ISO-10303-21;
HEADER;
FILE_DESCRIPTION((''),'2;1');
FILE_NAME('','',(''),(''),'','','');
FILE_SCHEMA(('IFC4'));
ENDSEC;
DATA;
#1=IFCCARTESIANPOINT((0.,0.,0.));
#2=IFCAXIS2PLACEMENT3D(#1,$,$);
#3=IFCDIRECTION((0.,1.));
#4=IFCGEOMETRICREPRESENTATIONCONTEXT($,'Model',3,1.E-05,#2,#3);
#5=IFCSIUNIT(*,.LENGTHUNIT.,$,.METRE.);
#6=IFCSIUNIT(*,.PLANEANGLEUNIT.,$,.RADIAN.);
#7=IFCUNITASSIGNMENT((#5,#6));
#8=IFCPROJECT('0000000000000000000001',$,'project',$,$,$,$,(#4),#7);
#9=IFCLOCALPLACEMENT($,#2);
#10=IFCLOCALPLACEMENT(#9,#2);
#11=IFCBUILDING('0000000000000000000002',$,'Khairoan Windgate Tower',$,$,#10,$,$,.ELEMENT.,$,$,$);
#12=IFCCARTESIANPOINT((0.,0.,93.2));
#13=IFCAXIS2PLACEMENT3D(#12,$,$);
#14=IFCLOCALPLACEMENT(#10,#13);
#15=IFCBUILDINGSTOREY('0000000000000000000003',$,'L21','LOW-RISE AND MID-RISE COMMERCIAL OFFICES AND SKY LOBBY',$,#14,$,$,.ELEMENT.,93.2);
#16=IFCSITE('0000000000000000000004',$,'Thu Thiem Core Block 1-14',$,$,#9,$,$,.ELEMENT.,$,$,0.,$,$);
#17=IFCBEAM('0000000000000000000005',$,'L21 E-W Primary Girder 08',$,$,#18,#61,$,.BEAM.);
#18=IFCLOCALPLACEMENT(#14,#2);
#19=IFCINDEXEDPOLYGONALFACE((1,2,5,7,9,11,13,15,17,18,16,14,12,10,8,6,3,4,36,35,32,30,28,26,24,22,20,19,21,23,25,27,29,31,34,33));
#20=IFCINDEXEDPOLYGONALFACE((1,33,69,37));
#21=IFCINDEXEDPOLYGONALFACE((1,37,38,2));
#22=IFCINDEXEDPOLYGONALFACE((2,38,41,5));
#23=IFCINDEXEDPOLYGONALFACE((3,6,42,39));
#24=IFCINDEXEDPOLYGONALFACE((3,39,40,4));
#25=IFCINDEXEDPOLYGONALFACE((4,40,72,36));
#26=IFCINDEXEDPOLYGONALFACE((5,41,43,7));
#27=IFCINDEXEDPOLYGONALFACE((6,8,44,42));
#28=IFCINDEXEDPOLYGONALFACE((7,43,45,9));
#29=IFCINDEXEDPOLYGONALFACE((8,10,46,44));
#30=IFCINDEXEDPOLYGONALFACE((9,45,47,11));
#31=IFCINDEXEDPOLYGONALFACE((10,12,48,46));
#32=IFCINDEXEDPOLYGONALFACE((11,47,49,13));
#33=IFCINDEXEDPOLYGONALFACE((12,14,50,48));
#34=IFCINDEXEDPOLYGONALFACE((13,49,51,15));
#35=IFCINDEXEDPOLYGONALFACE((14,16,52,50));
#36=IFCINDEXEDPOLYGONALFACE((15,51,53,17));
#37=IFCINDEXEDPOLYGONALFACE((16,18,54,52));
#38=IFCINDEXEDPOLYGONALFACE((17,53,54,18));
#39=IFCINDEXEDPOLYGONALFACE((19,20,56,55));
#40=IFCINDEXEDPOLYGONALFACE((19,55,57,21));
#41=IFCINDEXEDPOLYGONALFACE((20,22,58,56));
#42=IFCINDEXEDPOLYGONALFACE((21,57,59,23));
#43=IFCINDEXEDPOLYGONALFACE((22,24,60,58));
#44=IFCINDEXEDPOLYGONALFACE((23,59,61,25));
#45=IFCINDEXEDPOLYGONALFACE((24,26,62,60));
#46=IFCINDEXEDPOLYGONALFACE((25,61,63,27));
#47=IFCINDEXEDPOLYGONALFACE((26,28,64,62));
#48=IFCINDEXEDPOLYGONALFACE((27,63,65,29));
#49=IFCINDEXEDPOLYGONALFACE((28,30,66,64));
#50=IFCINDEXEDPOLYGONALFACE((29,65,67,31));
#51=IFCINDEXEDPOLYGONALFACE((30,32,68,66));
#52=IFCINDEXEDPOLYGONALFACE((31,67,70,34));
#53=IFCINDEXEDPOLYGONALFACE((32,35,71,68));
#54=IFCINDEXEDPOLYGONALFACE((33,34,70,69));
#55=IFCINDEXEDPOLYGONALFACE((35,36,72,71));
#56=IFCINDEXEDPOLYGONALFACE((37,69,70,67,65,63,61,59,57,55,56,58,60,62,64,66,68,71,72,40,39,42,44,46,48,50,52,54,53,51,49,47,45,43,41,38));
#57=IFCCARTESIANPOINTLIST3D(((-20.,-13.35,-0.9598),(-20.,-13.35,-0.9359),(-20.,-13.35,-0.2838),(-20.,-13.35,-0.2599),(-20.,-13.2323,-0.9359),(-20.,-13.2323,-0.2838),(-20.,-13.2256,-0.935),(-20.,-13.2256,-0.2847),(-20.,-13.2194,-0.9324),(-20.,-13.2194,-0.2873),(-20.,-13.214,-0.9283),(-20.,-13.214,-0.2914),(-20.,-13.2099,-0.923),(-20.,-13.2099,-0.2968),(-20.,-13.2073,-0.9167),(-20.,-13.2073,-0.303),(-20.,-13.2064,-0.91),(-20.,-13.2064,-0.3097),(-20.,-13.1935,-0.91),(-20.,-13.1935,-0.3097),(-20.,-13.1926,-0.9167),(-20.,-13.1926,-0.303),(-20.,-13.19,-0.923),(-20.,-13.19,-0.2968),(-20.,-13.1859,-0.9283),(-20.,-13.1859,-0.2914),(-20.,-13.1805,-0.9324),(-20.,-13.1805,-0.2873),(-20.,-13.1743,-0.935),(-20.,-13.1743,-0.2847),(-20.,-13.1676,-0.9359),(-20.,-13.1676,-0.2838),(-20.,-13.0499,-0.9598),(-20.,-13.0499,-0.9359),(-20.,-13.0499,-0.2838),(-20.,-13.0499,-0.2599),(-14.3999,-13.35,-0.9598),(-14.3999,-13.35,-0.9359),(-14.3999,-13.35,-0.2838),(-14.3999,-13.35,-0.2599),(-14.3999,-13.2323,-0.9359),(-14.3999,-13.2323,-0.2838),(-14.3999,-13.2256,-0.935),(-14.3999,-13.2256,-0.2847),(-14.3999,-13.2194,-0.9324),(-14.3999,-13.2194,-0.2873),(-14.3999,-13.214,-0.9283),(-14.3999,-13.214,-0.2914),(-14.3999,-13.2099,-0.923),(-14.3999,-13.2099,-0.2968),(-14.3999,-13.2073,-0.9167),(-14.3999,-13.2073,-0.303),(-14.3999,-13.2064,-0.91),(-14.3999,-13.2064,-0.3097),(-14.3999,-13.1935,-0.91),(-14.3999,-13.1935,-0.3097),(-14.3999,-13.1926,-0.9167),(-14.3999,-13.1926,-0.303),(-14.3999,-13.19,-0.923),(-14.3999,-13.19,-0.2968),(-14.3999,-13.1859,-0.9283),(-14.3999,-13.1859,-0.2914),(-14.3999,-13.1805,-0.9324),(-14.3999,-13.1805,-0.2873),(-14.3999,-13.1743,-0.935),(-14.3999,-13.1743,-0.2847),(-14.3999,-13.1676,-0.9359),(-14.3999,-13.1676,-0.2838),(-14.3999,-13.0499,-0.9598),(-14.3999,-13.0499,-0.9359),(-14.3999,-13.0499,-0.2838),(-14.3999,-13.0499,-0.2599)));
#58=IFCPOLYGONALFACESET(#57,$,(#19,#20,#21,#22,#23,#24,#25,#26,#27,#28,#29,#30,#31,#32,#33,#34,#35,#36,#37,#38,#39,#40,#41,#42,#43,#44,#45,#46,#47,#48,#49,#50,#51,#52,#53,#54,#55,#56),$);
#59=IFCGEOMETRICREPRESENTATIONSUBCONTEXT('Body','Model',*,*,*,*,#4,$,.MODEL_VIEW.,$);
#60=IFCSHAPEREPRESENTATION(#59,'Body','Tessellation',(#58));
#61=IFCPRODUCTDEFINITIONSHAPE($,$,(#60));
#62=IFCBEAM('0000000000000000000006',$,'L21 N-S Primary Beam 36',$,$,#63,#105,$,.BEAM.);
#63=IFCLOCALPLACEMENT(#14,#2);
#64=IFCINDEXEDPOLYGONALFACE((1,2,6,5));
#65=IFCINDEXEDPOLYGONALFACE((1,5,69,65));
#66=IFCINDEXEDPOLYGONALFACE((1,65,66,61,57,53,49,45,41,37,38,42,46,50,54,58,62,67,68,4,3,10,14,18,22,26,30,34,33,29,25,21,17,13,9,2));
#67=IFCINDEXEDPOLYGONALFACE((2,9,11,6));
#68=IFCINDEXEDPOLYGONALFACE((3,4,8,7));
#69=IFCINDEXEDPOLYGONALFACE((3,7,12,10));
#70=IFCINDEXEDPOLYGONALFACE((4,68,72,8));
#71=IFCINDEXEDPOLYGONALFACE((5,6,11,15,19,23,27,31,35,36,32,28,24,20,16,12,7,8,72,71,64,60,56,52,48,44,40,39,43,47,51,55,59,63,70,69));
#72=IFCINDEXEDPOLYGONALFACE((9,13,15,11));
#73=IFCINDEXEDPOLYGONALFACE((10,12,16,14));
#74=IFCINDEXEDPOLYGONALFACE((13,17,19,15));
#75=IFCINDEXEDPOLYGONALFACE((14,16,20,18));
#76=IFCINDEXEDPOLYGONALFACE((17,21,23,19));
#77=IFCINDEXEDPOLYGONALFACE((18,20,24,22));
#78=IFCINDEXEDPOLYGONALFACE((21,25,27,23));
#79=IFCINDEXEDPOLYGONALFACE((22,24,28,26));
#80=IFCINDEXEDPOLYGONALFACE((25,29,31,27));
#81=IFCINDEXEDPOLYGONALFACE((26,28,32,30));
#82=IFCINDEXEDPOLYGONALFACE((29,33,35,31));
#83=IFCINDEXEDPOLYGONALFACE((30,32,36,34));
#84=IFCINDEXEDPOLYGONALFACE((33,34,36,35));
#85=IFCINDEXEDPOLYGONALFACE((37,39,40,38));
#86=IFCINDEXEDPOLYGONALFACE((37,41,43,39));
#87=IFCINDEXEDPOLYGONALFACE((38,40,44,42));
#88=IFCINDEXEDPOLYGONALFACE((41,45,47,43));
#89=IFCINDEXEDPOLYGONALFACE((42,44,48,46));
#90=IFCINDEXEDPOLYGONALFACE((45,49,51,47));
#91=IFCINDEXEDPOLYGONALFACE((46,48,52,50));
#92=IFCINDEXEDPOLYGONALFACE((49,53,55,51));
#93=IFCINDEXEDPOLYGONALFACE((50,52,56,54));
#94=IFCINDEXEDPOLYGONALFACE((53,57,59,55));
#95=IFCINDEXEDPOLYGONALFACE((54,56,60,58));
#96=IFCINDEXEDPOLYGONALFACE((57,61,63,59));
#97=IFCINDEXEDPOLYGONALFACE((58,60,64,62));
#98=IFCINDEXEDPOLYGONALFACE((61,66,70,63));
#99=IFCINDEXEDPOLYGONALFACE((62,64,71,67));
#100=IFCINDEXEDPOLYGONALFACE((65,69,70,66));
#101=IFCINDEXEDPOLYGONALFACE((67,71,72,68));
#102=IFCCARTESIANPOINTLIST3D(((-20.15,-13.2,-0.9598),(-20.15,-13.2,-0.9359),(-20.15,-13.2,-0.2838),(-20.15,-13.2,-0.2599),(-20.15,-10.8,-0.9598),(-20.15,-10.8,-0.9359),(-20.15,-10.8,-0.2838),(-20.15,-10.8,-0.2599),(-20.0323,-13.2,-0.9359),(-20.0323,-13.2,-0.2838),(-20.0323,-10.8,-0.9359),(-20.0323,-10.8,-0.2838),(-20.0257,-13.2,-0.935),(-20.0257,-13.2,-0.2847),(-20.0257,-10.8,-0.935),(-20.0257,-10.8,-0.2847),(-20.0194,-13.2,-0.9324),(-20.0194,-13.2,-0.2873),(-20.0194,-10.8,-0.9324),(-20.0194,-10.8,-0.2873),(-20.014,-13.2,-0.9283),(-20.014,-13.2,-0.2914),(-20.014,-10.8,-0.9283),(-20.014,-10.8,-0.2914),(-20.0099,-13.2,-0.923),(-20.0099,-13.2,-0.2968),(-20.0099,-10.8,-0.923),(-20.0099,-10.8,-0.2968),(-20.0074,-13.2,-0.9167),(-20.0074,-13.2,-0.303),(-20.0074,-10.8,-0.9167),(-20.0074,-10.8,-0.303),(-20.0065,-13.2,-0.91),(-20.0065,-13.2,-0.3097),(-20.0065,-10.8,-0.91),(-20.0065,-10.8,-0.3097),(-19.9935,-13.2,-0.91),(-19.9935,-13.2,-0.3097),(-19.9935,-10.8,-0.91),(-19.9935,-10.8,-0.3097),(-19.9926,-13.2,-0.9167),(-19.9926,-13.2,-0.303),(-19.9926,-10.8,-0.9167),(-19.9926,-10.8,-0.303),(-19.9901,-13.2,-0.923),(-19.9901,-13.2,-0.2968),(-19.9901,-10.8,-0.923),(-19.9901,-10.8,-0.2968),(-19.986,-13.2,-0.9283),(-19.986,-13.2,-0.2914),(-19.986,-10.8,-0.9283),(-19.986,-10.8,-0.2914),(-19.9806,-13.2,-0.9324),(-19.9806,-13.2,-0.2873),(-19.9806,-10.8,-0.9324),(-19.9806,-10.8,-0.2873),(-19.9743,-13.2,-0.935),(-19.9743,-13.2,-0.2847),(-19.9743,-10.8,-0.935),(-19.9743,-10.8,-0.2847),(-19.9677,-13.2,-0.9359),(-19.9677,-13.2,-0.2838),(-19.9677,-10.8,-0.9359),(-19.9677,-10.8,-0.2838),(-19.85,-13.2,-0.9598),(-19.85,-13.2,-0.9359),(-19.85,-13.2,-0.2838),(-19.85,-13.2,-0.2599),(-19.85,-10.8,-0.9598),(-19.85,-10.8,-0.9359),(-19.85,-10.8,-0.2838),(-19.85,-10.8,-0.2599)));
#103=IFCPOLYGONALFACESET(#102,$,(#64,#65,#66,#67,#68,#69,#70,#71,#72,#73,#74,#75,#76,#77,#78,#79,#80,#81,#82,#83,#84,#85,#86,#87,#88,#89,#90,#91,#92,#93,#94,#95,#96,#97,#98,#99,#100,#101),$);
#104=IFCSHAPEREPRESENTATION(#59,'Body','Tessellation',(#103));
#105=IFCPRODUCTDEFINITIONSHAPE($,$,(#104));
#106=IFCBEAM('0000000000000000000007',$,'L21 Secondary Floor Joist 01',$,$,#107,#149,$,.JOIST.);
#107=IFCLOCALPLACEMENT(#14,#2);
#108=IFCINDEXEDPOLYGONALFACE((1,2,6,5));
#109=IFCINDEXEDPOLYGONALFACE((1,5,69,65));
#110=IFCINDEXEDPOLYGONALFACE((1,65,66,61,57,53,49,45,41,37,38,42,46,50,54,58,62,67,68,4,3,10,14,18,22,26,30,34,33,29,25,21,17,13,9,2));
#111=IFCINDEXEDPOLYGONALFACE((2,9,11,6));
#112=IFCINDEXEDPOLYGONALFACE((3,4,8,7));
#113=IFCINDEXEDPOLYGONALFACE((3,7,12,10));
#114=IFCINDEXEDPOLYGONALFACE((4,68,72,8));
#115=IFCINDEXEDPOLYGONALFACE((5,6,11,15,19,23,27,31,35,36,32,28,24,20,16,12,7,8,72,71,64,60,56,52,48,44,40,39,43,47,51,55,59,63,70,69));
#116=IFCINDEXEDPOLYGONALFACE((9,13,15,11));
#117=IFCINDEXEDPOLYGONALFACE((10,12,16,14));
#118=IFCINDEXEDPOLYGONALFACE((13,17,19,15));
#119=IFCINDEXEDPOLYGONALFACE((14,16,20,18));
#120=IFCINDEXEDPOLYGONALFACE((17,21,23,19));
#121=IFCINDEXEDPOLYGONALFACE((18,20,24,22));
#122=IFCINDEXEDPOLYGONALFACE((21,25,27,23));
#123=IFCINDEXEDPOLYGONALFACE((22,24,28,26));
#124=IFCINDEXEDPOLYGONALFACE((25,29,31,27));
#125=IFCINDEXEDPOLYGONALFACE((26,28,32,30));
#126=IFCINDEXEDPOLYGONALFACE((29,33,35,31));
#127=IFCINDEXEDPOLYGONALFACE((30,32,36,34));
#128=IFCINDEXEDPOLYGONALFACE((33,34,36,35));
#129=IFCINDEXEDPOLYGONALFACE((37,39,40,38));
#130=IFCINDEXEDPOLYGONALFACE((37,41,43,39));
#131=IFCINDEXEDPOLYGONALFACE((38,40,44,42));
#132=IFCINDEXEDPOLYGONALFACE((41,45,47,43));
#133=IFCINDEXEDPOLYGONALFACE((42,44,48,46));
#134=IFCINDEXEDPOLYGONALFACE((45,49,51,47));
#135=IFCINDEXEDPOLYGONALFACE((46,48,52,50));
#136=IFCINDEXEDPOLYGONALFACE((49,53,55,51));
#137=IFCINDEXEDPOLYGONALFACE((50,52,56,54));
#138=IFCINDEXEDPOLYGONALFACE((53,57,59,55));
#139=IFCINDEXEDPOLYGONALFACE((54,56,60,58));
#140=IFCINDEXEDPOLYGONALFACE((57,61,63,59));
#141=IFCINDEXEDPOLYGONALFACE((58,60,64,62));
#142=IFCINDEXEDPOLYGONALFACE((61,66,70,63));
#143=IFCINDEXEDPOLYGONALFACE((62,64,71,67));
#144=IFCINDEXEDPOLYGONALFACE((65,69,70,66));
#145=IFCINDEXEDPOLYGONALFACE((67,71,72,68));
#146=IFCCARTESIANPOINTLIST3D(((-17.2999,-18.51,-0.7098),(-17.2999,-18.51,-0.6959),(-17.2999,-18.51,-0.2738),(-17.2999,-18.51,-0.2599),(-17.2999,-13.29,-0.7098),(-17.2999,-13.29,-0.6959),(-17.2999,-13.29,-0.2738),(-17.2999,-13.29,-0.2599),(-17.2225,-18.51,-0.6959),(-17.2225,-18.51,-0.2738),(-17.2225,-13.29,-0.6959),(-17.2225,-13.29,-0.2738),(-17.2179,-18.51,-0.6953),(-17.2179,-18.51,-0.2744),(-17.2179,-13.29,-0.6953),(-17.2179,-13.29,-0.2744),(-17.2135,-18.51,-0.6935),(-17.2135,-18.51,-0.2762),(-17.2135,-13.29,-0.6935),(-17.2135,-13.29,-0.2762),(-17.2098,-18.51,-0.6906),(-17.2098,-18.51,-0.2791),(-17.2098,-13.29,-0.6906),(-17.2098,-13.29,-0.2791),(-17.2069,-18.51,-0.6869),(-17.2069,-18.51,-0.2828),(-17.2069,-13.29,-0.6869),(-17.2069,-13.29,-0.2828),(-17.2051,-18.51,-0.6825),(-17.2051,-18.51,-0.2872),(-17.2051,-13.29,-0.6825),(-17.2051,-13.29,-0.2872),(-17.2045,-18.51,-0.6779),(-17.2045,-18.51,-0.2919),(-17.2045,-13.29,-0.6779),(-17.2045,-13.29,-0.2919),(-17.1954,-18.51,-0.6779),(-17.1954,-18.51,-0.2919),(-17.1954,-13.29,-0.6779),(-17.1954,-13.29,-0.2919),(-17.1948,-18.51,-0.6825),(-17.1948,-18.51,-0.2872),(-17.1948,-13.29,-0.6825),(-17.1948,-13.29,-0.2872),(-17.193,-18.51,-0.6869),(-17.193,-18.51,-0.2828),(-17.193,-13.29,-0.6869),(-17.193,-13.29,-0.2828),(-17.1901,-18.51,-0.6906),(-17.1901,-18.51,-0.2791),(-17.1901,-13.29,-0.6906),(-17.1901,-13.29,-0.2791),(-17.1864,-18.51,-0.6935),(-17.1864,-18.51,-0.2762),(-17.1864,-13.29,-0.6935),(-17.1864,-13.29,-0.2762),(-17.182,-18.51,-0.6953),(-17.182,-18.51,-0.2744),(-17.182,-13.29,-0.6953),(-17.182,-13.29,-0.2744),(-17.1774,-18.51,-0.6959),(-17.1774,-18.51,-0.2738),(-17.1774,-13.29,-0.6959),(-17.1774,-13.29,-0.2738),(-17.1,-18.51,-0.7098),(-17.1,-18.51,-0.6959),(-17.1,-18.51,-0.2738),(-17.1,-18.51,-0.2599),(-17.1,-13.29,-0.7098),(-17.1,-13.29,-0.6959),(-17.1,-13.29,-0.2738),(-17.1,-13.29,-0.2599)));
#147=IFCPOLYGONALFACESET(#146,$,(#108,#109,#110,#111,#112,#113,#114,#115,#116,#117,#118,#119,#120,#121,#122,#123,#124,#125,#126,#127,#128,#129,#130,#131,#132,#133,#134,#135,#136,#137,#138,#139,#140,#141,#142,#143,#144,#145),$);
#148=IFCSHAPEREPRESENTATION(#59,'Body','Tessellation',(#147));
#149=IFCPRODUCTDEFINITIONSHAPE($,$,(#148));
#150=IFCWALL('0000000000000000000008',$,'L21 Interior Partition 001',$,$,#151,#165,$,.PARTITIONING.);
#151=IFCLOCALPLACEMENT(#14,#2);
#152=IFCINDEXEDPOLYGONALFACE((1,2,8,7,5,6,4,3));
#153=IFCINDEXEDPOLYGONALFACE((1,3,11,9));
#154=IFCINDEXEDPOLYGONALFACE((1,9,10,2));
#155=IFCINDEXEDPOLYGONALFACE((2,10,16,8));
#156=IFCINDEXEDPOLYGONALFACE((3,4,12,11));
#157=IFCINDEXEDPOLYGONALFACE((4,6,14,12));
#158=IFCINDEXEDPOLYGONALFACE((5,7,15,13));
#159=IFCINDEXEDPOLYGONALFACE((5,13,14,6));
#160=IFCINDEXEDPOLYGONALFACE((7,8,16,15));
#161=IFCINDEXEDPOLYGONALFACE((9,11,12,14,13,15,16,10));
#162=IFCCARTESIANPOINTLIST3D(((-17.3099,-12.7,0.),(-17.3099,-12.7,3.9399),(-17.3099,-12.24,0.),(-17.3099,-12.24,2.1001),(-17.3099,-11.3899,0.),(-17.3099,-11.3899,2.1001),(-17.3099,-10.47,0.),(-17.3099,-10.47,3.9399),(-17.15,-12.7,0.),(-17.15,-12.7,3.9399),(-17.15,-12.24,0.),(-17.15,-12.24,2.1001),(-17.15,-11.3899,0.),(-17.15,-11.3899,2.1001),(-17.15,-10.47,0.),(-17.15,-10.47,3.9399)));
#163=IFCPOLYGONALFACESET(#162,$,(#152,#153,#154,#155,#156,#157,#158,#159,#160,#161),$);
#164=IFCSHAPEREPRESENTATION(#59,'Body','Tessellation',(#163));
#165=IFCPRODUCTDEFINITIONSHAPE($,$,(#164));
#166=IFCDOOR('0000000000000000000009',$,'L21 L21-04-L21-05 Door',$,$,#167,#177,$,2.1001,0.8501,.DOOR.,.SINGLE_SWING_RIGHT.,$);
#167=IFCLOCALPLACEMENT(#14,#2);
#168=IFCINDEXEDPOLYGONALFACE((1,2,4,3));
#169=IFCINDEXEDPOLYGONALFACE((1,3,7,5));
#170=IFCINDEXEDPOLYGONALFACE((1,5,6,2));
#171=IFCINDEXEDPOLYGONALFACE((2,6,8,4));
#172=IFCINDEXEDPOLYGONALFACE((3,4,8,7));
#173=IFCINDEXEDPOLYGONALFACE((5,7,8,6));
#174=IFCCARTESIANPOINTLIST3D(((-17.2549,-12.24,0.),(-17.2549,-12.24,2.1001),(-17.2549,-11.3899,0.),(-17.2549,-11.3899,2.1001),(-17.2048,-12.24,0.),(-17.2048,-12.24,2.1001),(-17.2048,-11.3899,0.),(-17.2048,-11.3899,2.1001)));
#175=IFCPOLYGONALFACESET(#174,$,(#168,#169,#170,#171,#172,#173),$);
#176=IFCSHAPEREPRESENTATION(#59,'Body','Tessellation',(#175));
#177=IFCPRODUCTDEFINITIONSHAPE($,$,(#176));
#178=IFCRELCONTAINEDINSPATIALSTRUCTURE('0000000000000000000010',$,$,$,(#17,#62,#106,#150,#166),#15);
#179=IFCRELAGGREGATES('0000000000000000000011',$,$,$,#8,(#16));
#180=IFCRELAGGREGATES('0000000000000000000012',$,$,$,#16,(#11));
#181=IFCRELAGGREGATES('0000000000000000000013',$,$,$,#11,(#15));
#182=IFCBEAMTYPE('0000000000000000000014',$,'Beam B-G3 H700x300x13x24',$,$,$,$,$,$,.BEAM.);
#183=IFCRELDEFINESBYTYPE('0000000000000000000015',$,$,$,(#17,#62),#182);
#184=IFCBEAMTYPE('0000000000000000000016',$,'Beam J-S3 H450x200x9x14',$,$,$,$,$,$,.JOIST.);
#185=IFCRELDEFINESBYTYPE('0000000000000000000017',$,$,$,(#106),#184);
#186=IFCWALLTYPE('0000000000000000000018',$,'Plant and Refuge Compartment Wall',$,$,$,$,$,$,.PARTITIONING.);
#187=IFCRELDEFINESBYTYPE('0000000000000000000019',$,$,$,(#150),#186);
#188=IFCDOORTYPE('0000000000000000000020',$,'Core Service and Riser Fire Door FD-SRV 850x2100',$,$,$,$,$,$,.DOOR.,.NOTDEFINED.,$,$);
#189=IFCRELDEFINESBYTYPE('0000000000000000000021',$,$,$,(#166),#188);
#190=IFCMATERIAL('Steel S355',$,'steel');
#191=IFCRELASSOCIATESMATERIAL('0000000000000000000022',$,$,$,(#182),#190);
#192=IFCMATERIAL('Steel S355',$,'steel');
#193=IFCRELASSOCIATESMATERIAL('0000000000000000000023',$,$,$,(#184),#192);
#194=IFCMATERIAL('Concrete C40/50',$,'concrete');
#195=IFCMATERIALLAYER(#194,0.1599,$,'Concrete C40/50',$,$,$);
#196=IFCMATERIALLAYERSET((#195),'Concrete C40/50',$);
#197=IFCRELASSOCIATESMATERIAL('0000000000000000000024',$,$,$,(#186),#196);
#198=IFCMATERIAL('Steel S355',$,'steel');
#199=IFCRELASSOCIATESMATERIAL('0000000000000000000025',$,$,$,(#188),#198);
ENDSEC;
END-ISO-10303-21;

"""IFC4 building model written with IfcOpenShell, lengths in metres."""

from ifc_helpers import new_model, si_unit, direction, frame, frame_2d, origin, origin_2d, place, context, subcontext, project, spatial, rectangle, i_section, extrude, material, layer, layer_set, material_profile, profile_set, type_object, element, fill, save


model = new_model("IFC4")

# Units and contexts
model_context = context("Model", 3, precision=1e-05, world=origin(), true_north=direction((0.0, 1.0)))
body_context = subcontext(model_context, "Body", "Model", "MODEL_VIEW")
ifc_project = project(units=[si_unit("LENGTHUNIT", "METRE"), si_unit("PLANEANGLEUNIT", "RADIAN")], contexts=[model_context])

# Site, building, storey
site_placement = place(None, origin())
site = spatial("IfcSite", under=ifc_project, at=site_placement, Name="Thu Thiem Core Block 1-14", CompositionType="ELEMENT", RefElevation=0.0)
building_placement = place(site_placement, origin())
building = spatial("IfcBuilding", under=site, at=building_placement, Name="Khairoan Windgate Tower", CompositionType="ELEMENT")
storey_placement = place(building_placement, frame((0.0, 0.0, 93.2)))
storey = spatial("IfcBuildingStorey", under=building, at=storey_placement, Name="L21", Description="LOW-RISE AND MID-RISE COMMERCIAL OFFICES AND SKY LOBBY", CompositionType="ELEMENT", Elevation=93.2)

# Beams
ifc_material_1 = material(Name="Steel S355", Category="steel")
ifc_material_profile_1 = material_profile(ifc_material_1, i_section(OverallWidth=0.3, OverallDepth=0.7, WebThickness=0.0129, FlangeThickness=0.0239, FilletRadius=0.0259, at=origin_2d()))
ifc_profile_set_1 = profile_set([ifc_material_profile_1], Name="Steel S355")
beam_type_1 = type_object("IfcBeamType", Name="Beam B-G3 H700x300x13x24", PredefinedType="BEAM", material=ifc_profile_set_1)
beam_1_placement = place(storey_placement, frame((-20.0, -13.2, -0.6099), z_axis=(1.0, 0.0, 0.0), x_axis=(0.0, 1.0, 0.0)))
element("IfcBeam", 1, at=beam_1_placement, inside=storey, type_object=beam_type_1, Name="L21 E-W Primary Girder 08", PredefinedType="BEAM", context=body_context, shape_type="SweptSolid", body=[
    extrude(i_section(OverallWidth=0.3, OverallDepth=0.7, WebThickness=0.0129, FlangeThickness=0.0239, FilletRadius=0.0259, at=origin_2d()), origin(), (0.0, 0.0, 1.0), 5.6001),
])
beam_2_placement = place(storey_placement, frame((-20.0, -13.2, -0.6099), z_axis=(0.0, 1.0, 0.0), x_axis=(-1.0, 0.0, 0.0)))
element("IfcBeam", 2, at=beam_2_placement, inside=storey, type_object=beam_type_1, Name="L21 N-S Primary Beam 36", PredefinedType="BEAM", context=body_context, shape_type="SweptSolid", body=[
    extrude(i_section(OverallWidth=0.3, OverallDepth=0.7, WebThickness=0.0129, FlangeThickness=0.0239, FilletRadius=0.0259, at=origin_2d()), origin(), (0.0, 0.0, 1.0), 2.3999),
])
ifc_material_2 = material(Name="Steel S355", Category="steel")
ifc_material_profile_2 = material_profile(ifc_material_2, i_section(OverallWidth=0.2, OverallDepth=0.45, WebThickness=0.009, FlangeThickness=0.0139, FilletRadius=0.0181, at=origin_2d()))
ifc_profile_set_2 = profile_set([ifc_material_profile_2], Name="Steel S355")
beam_type_2 = type_object("IfcBeamType", Name="Beam J-S3 H450x200x9x14", PredefinedType="JOIST", material=ifc_profile_set_2)
beam_3_placement = place(storey_placement, frame((-17.2, -18.51, -0.4849), z_axis=(0.0, 1.0, 0.0), x_axis=(-1.0, 0.0, 0.0)))
element("IfcBeam", 3, at=beam_3_placement, inside=storey, type_object=beam_type_2, Name="L21 Secondary Floor Joist 01", PredefinedType="JOIST", context=body_context, shape_type="SweptSolid", body=[
    extrude(i_section(OverallWidth=0.2, OverallDepth=0.45, WebThickness=0.009, FlangeThickness=0.0139, FilletRadius=0.0181, at=origin_2d()), origin(), (0.0, 0.0, 1.0), 5.22),
])

# Wall, opening, door
ifc_material_3 = material(Name="Concrete C40/50", Category="concrete")
ifc_layer_1 = layer(ifc_material_3, 0.1599, Name="Concrete C40/50")
ifc_layer_set_1 = layer_set([ifc_layer_1], Name="Concrete C40/50")
wall_type_1 = type_object("IfcWallType", Name="Plant and Refuge Compartment Wall", PredefinedType="PARTITIONING", material=ifc_layer_set_1)
wall_1_placement = place(storey_placement, frame((-17.23, -12.7, 0.0), z_axis=(0.0, 0.0, 1.0), x_axis=(0.0, 1.0, 0.0)))
wall_1 = element("IfcWall", 4, at=wall_1_placement, inside=storey, type_object=wall_type_1, Name="L21 Interior Partition 001", PredefinedType="PARTITIONING", context=body_context, shape_type="SweptSolid", body=[
    extrude(rectangle(XDim=2.23, YDim=0.1599, at=frame_2d((1.115, 0.0))), origin(), (0.0, 0.0, 1.0), 3.9399),
])
opening_1_placement = place(wall_1_placement, frame((0.46, 0.0, 0.0)))
opening_1 = element("IfcOpeningElement", 5, at=opening_1_placement, cuts=wall_1, PredefinedType="OPENING", context=body_context, shape_type="SweptSolid", body=[
    extrude(rectangle(XDim=0.8501, YDim=2.1001, at=frame_2d((0.425, 1.05))), frame((0.0, 0.0898, 0.0), z_axis=(0.0, -1.0, 0.0), x_axis=(1.0, 0.0, 0.0)), (0.0, 0.0, 1.0), 0.1799),
])
ifc_material_4 = material(Name="Steel S355", Category="steel")
door_type_1 = type_object("IfcDoorType", Name="Core Service and Riser Fire Door FD-SRV 850x2100", OperationType="NOTDEFINED", PredefinedType="DOOR", material=ifc_material_4)
door_1_placement = place(opening_1_placement, origin())
door_1 = element("IfcDoor", 6, at=door_1_placement, inside=storey, type_object=door_type_1, Name="L21 L21-04-L21-05 Door", OperationType="SINGLE_SWING_RIGHT", OverallHeight=2.1001, OverallWidth=0.8501, PredefinedType="DOOR", context=body_context, shape_type="SweptSolid", body=[
    extrude(rectangle(XDim=0.8501, YDim=2.1001, at=frame_2d((0.425, 1.05))), frame((0.0, 0.0249, 0.0), z_axis=(0.0, -1.0, 0.0), x_axis=(1.0, 0.0, 0.0)), (0.0, 0.0, 1.0), 0.05),
])
fill(opening_1, door_1)

save(model, "model.ifc")
